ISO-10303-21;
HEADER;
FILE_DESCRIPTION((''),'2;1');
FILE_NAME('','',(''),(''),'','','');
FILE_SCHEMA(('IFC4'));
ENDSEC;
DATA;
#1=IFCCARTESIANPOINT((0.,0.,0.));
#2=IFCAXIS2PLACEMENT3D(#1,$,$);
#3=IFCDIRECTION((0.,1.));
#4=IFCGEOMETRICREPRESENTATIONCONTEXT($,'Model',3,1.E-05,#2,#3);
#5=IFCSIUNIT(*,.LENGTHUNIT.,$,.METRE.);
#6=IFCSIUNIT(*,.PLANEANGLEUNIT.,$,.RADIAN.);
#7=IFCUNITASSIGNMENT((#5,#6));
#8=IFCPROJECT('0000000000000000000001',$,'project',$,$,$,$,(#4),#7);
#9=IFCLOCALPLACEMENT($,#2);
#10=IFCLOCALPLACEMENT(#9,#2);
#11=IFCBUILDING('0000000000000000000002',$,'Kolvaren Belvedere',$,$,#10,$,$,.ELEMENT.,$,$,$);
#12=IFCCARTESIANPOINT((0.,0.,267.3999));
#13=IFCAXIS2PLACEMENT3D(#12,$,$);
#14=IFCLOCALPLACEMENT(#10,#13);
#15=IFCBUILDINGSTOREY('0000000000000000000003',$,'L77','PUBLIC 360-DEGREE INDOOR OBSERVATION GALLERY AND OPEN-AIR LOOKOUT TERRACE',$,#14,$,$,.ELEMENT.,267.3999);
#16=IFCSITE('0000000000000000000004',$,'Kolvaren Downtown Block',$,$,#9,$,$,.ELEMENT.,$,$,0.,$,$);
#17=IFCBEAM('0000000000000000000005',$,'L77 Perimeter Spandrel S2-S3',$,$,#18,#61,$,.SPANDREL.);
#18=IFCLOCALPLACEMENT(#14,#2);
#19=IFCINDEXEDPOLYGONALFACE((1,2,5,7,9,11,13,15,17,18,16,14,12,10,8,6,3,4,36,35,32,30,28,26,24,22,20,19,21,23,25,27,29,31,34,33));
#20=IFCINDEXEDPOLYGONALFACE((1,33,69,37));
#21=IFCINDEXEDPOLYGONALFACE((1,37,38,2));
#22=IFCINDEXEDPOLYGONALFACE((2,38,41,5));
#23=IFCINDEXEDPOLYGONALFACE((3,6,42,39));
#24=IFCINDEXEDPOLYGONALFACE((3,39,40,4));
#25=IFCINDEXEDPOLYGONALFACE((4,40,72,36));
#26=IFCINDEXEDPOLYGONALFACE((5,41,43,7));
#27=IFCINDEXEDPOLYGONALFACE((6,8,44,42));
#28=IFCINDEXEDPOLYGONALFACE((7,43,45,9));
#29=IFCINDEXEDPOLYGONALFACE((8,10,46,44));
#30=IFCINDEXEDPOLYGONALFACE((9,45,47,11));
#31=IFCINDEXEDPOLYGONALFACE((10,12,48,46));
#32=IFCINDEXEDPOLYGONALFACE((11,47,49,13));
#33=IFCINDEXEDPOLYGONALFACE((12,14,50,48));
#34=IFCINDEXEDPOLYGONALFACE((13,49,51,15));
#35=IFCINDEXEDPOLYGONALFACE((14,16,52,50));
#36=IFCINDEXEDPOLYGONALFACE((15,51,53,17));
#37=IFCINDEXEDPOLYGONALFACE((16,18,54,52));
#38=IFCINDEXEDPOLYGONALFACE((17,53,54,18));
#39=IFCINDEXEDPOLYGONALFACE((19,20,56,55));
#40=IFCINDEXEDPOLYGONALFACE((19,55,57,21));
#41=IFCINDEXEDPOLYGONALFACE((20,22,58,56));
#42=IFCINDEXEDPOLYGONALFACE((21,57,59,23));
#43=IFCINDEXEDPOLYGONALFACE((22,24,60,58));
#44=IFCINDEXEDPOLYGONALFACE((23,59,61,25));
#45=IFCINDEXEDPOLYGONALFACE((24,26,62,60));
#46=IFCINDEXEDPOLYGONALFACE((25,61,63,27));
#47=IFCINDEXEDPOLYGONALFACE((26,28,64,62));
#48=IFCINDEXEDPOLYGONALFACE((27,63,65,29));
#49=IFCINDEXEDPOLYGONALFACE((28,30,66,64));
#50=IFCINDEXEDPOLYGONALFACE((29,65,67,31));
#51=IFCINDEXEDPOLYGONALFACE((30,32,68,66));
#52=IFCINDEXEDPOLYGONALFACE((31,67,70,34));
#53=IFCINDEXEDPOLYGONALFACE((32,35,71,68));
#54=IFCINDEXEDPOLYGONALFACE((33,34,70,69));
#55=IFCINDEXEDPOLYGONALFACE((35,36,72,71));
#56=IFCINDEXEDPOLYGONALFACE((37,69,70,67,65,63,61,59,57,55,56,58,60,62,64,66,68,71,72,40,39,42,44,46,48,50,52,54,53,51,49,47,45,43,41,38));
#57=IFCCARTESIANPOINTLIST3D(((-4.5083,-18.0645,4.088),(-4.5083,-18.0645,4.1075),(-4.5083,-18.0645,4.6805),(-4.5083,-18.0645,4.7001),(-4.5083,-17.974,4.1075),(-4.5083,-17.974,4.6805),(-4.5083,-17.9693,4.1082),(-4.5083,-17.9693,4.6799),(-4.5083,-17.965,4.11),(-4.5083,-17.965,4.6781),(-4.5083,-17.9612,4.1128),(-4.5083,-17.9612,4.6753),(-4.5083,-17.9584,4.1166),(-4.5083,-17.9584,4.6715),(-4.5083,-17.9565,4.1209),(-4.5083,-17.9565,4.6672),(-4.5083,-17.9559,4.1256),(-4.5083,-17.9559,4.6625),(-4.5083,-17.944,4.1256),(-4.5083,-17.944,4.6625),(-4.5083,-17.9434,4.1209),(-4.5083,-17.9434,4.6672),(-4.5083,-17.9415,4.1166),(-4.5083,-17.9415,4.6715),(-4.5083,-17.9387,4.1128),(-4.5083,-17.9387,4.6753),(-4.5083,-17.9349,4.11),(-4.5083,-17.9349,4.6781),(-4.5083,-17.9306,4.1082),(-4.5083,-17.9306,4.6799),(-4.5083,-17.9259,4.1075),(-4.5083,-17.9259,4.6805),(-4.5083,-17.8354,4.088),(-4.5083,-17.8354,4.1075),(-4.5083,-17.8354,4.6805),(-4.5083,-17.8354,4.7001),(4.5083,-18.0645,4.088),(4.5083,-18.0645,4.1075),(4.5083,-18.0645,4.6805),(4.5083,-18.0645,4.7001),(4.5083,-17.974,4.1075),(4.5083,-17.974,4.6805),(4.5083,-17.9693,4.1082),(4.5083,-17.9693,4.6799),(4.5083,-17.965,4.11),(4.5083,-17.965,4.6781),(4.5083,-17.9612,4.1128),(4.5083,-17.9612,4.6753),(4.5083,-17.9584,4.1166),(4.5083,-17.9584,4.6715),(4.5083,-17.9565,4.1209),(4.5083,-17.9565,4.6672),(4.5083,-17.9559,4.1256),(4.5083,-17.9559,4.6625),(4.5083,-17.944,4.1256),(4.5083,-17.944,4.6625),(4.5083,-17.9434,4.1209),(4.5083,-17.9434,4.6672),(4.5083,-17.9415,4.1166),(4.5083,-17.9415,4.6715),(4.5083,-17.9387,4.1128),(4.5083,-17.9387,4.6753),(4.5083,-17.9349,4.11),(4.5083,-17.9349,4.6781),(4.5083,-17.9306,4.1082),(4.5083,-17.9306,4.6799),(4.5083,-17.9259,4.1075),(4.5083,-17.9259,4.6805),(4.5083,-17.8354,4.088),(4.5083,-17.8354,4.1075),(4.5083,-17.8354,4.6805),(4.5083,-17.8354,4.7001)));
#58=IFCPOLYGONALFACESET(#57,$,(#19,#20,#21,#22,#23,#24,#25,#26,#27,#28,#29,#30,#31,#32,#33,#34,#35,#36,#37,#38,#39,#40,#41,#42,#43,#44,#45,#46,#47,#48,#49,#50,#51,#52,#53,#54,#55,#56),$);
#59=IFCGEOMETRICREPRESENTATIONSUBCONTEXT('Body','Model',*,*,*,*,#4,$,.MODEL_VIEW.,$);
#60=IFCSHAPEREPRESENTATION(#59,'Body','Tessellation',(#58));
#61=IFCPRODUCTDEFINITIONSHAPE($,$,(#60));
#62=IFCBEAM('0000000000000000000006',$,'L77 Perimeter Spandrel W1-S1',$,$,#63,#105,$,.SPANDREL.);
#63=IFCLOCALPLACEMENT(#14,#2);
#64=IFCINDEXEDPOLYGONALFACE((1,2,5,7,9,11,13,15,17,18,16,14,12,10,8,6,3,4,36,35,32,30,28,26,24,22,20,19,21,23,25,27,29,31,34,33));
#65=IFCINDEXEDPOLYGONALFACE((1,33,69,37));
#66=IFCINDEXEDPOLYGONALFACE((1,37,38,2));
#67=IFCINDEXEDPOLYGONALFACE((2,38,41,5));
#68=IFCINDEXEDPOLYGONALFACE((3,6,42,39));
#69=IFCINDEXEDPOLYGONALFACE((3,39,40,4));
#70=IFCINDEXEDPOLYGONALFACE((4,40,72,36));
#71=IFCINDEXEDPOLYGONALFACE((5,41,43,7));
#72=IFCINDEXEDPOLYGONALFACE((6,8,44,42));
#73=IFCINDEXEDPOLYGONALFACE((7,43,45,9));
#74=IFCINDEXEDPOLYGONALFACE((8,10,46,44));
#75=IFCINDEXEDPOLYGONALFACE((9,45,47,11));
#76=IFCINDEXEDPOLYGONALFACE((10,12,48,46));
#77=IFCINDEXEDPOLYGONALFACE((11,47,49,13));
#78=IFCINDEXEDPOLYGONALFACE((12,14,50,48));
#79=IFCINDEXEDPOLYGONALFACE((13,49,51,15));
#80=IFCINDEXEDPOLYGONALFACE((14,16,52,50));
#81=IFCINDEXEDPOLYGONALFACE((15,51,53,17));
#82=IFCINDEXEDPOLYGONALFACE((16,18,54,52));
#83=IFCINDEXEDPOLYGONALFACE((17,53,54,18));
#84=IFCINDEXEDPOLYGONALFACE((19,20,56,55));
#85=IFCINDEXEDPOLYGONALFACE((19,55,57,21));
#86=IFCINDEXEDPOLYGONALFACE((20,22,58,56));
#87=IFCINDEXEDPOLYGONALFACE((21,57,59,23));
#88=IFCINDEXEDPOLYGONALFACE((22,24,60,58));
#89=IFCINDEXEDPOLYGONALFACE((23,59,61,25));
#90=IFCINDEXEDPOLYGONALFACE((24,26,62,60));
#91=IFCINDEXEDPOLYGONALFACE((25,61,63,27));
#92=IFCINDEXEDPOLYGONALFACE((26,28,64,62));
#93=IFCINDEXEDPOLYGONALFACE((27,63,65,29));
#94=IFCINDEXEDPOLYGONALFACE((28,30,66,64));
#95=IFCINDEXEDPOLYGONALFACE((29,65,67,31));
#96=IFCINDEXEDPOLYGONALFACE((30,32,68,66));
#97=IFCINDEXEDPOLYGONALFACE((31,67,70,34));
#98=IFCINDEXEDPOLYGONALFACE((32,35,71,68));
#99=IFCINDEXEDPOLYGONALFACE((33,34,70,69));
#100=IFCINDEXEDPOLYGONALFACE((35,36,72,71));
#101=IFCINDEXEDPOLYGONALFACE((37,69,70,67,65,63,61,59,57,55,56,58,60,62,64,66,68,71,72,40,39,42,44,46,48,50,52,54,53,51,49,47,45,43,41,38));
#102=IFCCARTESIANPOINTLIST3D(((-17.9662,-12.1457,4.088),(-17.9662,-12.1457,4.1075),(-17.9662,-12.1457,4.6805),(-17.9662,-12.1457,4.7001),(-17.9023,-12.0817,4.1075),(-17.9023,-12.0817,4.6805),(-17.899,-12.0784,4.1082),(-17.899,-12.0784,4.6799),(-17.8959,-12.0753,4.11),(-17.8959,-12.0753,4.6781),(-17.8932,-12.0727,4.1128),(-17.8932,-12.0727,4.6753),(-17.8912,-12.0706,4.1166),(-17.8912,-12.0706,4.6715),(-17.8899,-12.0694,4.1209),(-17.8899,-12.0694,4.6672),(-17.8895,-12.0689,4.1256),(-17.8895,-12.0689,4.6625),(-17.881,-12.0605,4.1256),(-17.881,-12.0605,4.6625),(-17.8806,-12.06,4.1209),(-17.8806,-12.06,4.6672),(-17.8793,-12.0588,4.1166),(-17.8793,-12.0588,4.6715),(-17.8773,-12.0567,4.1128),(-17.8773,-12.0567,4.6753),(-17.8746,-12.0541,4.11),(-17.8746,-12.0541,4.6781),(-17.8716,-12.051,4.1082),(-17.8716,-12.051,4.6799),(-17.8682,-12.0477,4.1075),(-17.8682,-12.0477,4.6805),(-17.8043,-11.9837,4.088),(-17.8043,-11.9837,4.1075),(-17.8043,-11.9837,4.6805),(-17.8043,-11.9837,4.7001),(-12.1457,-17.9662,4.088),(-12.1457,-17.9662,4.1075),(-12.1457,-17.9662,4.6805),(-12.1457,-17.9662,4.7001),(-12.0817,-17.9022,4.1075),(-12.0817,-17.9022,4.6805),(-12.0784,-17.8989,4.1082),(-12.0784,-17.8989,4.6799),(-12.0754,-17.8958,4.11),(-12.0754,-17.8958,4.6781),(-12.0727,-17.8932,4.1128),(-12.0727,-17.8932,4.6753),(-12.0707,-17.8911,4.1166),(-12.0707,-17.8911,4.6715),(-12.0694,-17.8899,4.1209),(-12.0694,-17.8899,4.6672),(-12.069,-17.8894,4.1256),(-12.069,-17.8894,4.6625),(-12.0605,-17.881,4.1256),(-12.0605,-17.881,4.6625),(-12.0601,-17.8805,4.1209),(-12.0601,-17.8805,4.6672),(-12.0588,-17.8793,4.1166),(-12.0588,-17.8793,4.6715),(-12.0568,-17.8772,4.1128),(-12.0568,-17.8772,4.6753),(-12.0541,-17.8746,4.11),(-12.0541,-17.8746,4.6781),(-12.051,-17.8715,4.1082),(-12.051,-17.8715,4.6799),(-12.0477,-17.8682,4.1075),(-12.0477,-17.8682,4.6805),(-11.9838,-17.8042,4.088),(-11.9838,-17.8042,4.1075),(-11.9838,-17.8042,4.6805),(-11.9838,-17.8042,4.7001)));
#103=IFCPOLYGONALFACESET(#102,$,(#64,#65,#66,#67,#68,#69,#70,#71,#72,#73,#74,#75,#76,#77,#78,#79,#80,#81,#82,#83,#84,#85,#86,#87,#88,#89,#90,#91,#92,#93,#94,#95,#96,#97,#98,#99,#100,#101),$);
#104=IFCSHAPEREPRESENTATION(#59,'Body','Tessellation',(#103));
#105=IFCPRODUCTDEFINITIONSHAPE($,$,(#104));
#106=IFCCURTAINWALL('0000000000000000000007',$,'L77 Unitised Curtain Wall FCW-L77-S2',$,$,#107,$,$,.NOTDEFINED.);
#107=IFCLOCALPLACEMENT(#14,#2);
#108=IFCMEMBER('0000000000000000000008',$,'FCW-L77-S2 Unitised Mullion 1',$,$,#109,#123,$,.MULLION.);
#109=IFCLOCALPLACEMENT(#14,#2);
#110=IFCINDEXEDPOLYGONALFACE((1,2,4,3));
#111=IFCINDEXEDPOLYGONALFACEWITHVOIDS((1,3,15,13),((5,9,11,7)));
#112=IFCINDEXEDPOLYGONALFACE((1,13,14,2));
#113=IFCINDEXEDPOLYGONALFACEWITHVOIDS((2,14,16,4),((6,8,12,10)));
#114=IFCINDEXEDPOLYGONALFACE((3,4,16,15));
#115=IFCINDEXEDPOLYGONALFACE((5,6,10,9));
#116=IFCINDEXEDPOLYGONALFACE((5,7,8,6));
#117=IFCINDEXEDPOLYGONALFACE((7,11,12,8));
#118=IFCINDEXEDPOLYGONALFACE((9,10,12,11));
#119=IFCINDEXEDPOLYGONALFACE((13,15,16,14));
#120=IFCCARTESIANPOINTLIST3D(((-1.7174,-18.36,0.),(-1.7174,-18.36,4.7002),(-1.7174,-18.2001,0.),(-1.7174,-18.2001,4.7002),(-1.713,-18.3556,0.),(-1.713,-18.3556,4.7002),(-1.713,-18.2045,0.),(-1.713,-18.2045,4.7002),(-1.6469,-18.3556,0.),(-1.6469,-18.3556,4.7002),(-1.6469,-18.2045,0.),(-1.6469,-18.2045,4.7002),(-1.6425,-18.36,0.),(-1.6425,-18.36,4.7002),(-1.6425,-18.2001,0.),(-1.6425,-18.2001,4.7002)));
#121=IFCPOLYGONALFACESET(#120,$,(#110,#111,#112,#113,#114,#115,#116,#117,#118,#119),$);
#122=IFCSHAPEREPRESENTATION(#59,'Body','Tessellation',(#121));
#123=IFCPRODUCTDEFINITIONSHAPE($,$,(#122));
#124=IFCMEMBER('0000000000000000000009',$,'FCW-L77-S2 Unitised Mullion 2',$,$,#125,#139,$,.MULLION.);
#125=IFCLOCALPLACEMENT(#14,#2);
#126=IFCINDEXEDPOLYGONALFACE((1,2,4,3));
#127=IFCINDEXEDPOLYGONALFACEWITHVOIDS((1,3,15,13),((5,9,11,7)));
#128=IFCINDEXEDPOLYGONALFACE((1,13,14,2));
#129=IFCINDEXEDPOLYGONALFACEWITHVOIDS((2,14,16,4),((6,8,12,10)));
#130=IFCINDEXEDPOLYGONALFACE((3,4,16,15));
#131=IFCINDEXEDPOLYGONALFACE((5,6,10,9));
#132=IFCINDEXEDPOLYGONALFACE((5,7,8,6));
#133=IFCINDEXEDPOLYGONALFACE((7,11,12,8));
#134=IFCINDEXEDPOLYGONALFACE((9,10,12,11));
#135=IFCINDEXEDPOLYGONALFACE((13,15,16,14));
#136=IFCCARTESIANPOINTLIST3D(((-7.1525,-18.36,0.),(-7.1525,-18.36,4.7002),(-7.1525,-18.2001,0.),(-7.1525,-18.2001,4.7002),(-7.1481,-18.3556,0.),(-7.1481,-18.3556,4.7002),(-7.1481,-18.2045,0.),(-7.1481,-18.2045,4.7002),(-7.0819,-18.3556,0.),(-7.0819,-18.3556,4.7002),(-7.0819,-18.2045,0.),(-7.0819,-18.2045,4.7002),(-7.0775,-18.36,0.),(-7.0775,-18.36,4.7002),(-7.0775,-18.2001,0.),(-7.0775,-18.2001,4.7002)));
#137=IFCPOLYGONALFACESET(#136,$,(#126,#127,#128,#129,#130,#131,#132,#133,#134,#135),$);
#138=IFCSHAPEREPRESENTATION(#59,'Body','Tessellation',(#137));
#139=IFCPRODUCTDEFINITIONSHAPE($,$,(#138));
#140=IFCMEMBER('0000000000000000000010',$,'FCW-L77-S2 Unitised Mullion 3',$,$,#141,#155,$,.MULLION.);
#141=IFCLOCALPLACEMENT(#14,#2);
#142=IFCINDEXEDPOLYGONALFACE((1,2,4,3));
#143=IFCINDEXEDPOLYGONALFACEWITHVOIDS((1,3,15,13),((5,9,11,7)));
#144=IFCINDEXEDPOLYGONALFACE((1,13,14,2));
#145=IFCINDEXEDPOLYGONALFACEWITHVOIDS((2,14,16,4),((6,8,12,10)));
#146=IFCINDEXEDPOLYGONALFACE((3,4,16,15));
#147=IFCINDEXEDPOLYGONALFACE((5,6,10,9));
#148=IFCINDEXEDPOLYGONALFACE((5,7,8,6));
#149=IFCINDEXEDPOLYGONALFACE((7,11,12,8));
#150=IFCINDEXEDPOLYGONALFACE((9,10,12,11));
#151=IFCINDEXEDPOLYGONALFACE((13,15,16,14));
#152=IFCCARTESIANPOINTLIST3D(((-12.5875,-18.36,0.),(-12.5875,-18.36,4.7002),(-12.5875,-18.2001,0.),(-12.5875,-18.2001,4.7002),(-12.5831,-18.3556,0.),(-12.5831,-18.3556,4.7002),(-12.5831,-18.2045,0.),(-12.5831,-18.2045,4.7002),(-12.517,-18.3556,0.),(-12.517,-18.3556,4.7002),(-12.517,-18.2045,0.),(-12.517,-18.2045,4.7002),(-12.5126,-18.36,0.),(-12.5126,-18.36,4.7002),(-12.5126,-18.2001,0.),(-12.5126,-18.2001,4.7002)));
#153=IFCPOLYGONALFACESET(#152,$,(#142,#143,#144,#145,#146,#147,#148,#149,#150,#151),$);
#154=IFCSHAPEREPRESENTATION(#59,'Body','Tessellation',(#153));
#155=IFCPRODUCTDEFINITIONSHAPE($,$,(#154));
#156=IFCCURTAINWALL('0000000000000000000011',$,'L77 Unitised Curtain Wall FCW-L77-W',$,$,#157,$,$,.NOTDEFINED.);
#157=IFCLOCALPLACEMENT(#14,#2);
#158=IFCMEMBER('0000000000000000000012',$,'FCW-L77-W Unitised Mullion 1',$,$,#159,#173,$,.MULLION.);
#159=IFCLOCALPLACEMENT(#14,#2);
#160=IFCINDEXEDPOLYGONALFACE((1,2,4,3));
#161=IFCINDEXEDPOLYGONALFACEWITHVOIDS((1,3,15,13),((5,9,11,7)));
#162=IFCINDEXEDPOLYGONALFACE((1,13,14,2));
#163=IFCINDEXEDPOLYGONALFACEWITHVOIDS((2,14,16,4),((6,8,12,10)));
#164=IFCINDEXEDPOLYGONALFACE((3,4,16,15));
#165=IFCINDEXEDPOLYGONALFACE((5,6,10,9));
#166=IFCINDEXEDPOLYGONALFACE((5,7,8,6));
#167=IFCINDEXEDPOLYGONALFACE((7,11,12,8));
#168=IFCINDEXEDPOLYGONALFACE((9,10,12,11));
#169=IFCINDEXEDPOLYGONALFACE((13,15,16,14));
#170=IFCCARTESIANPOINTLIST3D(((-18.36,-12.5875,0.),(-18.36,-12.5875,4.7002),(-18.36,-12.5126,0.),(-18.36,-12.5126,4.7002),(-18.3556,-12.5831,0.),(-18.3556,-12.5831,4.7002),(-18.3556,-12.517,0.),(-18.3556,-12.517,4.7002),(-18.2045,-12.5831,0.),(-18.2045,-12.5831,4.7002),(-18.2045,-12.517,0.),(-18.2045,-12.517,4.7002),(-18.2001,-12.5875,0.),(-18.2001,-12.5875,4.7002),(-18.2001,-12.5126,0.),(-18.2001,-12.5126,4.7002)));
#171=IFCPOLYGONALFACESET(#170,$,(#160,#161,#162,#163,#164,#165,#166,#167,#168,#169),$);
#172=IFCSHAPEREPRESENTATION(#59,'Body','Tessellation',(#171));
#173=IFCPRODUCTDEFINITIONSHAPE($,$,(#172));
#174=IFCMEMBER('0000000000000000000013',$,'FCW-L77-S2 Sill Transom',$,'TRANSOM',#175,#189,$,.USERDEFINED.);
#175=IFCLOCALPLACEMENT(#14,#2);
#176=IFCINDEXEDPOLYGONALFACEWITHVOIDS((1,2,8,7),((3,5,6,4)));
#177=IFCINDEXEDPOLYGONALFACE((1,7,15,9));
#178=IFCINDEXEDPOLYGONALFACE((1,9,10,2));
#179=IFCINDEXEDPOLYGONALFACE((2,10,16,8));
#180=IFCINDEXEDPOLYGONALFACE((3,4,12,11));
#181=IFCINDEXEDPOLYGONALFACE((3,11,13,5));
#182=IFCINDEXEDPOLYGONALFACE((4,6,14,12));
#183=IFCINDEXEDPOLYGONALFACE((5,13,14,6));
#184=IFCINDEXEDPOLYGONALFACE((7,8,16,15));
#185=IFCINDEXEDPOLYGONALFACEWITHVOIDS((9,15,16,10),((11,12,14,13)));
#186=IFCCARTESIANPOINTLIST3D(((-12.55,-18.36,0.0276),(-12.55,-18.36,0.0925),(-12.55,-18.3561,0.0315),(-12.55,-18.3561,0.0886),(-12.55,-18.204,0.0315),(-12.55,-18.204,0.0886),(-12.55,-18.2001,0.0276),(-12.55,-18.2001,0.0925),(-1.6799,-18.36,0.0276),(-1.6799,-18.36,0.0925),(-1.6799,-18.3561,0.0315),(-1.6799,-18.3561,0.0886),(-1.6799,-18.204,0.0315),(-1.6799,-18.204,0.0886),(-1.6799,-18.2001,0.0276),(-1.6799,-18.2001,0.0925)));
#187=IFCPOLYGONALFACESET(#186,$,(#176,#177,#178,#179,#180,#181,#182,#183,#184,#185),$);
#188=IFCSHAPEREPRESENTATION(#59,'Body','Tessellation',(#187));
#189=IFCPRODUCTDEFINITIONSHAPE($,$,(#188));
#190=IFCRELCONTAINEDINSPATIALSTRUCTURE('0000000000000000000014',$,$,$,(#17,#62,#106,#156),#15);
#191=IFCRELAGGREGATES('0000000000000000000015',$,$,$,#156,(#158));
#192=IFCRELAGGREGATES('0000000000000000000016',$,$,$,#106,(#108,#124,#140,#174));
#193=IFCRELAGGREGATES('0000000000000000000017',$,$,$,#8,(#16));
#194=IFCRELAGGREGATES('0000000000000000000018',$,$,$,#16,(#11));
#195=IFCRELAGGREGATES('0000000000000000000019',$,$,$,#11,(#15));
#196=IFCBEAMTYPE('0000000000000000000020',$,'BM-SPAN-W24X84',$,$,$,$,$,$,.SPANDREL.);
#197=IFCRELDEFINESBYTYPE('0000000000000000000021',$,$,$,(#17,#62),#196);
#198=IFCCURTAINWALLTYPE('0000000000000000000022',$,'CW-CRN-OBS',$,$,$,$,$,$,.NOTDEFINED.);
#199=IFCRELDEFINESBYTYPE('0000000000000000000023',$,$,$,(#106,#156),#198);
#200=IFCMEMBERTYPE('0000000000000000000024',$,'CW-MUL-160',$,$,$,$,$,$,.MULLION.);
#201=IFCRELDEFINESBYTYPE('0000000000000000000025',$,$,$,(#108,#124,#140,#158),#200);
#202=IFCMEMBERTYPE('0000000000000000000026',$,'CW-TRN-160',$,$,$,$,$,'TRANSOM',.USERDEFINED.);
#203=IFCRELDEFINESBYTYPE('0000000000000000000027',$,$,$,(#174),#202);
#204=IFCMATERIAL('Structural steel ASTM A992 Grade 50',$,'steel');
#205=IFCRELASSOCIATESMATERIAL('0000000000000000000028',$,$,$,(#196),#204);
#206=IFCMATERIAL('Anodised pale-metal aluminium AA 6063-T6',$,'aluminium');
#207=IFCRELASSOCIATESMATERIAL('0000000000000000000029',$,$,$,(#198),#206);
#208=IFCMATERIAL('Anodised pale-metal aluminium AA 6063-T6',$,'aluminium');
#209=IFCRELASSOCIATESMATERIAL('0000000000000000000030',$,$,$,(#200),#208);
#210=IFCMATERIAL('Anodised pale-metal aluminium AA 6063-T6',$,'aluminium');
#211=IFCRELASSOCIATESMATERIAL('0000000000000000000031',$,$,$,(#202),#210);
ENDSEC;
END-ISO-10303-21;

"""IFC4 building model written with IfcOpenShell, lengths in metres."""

from ifc_helpers import new_model, si_unit, direction, frame, origin, origin_2d, place, context, subcontext, project, spatial, hollow_rectangle, i_section, extrude, material, material_profile, profile_set, type_object, element, aggregate, save


model = new_model("IFC4")

# Units and contexts
model_context = context("Model", 3, precision=1e-05, world=origin(), true_north=direction((0.0, 1.0)))
body_context = subcontext(model_context, "Body", "Model", "MODEL_VIEW")
ifc_project = project(units=[si_unit("LENGTHUNIT", "METRE"), si_unit("PLANEANGLEUNIT", "RADIAN")], contexts=[model_context])

# Site, building, storey
site_placement = place(None, origin())
site = spatial("IfcSite", under=ifc_project, at=site_placement, Name="Kolvaren Downtown Block", CompositionType="ELEMENT", RefElevation=0.0)
building_placement = place(site_placement, origin())
building = spatial("IfcBuilding", under=site, at=building_placement, Name="Kolvaren Belvedere", CompositionType="ELEMENT")
storey_placement = place(building_placement, frame((0.0, 0.0, 267.3999)))
storey = spatial("IfcBuildingStorey", under=building, at=storey_placement, Name="L77", Description="PUBLIC 360-DEGREE INDOOR OBSERVATION GALLERY AND OPEN-AIR LOOKOUT TERRACE", CompositionType="ELEMENT", Elevation=267.3999)

# Beams
ifc_material_1 = material(Name="Structural steel ASTM A992 Grade 50", Category="steel")
ifc_material_profile_1 = material_profile(ifc_material_1, i_section(OverallWidth=0.229, OverallDepth=0.6121, WebThickness=0.012, FlangeThickness=0.0195, FilletRadius=0.0181, at=origin_2d()), Name="W24X84")
ifc_profile_set_1 = profile_set([ifc_material_profile_1], Name="Structural steel ASTM A992 Grade 50")
beam_type_1 = type_object("IfcBeamType", Name="BM-SPAN-W24X84", PredefinedType="SPANDREL", material=ifc_profile_set_1)
beam_1_placement = place(storey_placement, frame((-4.5083, -17.95, 4.394), z_axis=(1.0, 0.0, 0.0), x_axis=(0.0, 1.0, 0.0)))
element("IfcBeam", 1, at=beam_1_placement, inside=storey, type_object=beam_type_1, Name="L77 Perimeter Spandrel S2-S3", PredefinedType="SPANDREL", context=body_context, shape_type="SweptSolid", body=[
    extrude(i_section(OverallWidth=0.229, OverallDepth=0.6121, WebThickness=0.012, FlangeThickness=0.0195, FilletRadius=0.0181, at=origin_2d()), origin(), (0.0, 0.0, 1.0), 9.0166),
])
beam_2_placement = place(storey_placement, frame((-17.8853, -12.0647, 4.394), z_axis=(0.707107, -0.707107, 0.0), x_axis=(0.707107, 0.707107, 0.0)))
element("IfcBeam", 2, at=beam_2_placement, inside=storey, type_object=beam_type_1, Name="L77 Perimeter Spandrel W1-S1", PredefinedType="SPANDREL", context=body_context, shape_type="SweptSolid", body=[
    extrude(i_section(OverallWidth=0.229, OverallDepth=0.6121, WebThickness=0.012, FlangeThickness=0.0195, FilletRadius=0.0181, at=origin_2d()), origin(), (0.0, 0.0, 1.0), 8.2314),
])

# Curtain wall, members
ifc_material_2 = material(Name="Anodised pale-metal aluminium AA 6063-T6", Category="aluminium")
curtain_wall_type = type_object("IfcCurtainWallType", Name="CW-CRN-OBS", PredefinedType="NOTDEFINED", material=ifc_material_2)
curtain_wall_1_placement = place(storey_placement, origin())
curtain_wall_1 = element("IfcCurtainWall", 3, at=curtain_wall_1_placement, inside=storey, type_object=curtain_wall_type, Name="L77 Unitised Curtain Wall FCW-L77-S2", PredefinedType="NOTDEFINED")
ifc_material_3 = material(Name="Anodised pale-metal aluminium AA 6063-T6", Category="aluminium")
ifc_material_profile_2 = material_profile(ifc_material_3, hollow_rectangle(XDim=0.075, YDim=0.1599, WallThickness=0.0044, at=origin_2d()), Name="ALU-MUL-160X75")
ifc_profile_set_2 = profile_set([ifc_material_profile_2], Name="Anodised pale-metal aluminium AA 6063-T6")
member_type_1 = type_object("IfcMemberType", Name="CW-MUL-160", PredefinedType="MULLION", material=ifc_profile_set_2)
member_1_placement = place(storey_placement, frame((-1.6799, -18.28, 0.0), z_axis=(0.0, 0.0, 1.0), x_axis=(1.0, 0.0, 0.0)))
member_1 = element("IfcMember", 4, at=member_1_placement, type_object=member_type_1, Name="FCW-L77-S2 Unitised Mullion 1", PredefinedType="MULLION", context=body_context, shape_type="SweptSolid", body=[
    extrude(hollow_rectangle(XDim=0.075, YDim=0.1599, WallThickness=0.0044, at=origin_2d()), origin(), (0.0, 0.0, 1.0), 4.7002),
])
member_2_placement = place(storey_placement, frame((-7.115, -18.28, 0.0), z_axis=(0.0, 0.0, 1.0), x_axis=(1.0, 0.0, 0.0)))
member_2 = element("IfcMember", 5, at=member_2_placement, type_object=member_type_1, Name="FCW-L77-S2 Unitised Mullion 2", PredefinedType="MULLION", context=body_context, shape_type="SweptSolid", body=[
    extrude(hollow_rectangle(XDim=0.075, YDim=0.1599, WallThickness=0.0044, at=origin_2d()), origin(), (0.0, 0.0, 1.0), 4.7002),
])
member_3_placement = place(storey_placement, frame((-12.55, -18.28, 0.0), z_axis=(0.0, 0.0, 1.0), x_axis=(1.0, 0.0, 0.0)))
member_3 = element("IfcMember", 6, at=member_3_placement, type_object=member_type_1, Name="FCW-L77-S2 Unitised Mullion 3", PredefinedType="MULLION", context=body_context, shape_type="SweptSolid", body=[
    extrude(hollow_rectangle(XDim=0.075, YDim=0.1599, WallThickness=0.0044, at=origin_2d()), origin(), (0.0, 0.0, 1.0), 4.7002),
])

# Curtain wall, member
curtain_wall_2_placement = place(storey_placement, origin())
curtain_wall_2 = element("IfcCurtainWall", 7, at=curtain_wall_2_placement, inside=storey, type_object=curtain_wall_type, Name="L77 Unitised Curtain Wall FCW-L77-W", PredefinedType="NOTDEFINED")
member_4_placement = place(storey_placement, frame((-18.28, -12.55, 0.0), z_axis=(0.0, 0.0, 1.0), x_axis=(0.0, 1.0, 0.0)))
member_4 = element("IfcMember", 8, at=member_4_placement, type_object=member_type_1, Name="FCW-L77-W Unitised Mullion 1", PredefinedType="MULLION", context=body_context, shape_type="SweptSolid", body=[
    extrude(hollow_rectangle(XDim=0.075, YDim=0.1599, WallThickness=0.0044, at=origin_2d()), origin(), (0.0, 0.0, 1.0), 4.7002),
])

# Member
ifc_material_4 = material(Name="Anodised pale-metal aluminium AA 6063-T6", Category="aluminium")
ifc_material_profile_3 = material_profile(ifc_material_4, hollow_rectangle(XDim=0.0649, YDim=0.1599, WallThickness=0.0039, at=origin_2d()), Name="ALU-TRN-160X65")
ifc_profile_set_3 = profile_set([ifc_material_profile_3], Name="Anodised pale-metal aluminium AA 6063-T6")
member_type_2 = type_object("IfcMemberType", Name="CW-TRN-160", ElementType="TRANSOM", PredefinedType="USERDEFINED", material=ifc_profile_set_3)
member_5_placement = place(storey_placement, frame((-1.6799, -18.28, 0.0601), z_axis=(-1.0, 0.0, 0.0), x_axis=(0.0, 0.0, 1.0)))
member_5 = element("IfcMember", 9, at=member_5_placement, type_object=member_type_2, Name="FCW-L77-S2 Sill Transom", ObjectType="TRANSOM", PredefinedType="USERDEFINED", context=body_context, shape_type="SweptSolid", body=[
    extrude(hollow_rectangle(XDim=0.0649, YDim=0.1599, WallThickness=0.0039, at=origin_2d()), origin(), (0.0, 0.0, 1.0), 10.8701),
])
aggregate(curtain_wall_2, [member_4])

aggregate(curtain_wall_1, [member_1, member_2, member_3, member_5])

save(model, "model.ifc")
